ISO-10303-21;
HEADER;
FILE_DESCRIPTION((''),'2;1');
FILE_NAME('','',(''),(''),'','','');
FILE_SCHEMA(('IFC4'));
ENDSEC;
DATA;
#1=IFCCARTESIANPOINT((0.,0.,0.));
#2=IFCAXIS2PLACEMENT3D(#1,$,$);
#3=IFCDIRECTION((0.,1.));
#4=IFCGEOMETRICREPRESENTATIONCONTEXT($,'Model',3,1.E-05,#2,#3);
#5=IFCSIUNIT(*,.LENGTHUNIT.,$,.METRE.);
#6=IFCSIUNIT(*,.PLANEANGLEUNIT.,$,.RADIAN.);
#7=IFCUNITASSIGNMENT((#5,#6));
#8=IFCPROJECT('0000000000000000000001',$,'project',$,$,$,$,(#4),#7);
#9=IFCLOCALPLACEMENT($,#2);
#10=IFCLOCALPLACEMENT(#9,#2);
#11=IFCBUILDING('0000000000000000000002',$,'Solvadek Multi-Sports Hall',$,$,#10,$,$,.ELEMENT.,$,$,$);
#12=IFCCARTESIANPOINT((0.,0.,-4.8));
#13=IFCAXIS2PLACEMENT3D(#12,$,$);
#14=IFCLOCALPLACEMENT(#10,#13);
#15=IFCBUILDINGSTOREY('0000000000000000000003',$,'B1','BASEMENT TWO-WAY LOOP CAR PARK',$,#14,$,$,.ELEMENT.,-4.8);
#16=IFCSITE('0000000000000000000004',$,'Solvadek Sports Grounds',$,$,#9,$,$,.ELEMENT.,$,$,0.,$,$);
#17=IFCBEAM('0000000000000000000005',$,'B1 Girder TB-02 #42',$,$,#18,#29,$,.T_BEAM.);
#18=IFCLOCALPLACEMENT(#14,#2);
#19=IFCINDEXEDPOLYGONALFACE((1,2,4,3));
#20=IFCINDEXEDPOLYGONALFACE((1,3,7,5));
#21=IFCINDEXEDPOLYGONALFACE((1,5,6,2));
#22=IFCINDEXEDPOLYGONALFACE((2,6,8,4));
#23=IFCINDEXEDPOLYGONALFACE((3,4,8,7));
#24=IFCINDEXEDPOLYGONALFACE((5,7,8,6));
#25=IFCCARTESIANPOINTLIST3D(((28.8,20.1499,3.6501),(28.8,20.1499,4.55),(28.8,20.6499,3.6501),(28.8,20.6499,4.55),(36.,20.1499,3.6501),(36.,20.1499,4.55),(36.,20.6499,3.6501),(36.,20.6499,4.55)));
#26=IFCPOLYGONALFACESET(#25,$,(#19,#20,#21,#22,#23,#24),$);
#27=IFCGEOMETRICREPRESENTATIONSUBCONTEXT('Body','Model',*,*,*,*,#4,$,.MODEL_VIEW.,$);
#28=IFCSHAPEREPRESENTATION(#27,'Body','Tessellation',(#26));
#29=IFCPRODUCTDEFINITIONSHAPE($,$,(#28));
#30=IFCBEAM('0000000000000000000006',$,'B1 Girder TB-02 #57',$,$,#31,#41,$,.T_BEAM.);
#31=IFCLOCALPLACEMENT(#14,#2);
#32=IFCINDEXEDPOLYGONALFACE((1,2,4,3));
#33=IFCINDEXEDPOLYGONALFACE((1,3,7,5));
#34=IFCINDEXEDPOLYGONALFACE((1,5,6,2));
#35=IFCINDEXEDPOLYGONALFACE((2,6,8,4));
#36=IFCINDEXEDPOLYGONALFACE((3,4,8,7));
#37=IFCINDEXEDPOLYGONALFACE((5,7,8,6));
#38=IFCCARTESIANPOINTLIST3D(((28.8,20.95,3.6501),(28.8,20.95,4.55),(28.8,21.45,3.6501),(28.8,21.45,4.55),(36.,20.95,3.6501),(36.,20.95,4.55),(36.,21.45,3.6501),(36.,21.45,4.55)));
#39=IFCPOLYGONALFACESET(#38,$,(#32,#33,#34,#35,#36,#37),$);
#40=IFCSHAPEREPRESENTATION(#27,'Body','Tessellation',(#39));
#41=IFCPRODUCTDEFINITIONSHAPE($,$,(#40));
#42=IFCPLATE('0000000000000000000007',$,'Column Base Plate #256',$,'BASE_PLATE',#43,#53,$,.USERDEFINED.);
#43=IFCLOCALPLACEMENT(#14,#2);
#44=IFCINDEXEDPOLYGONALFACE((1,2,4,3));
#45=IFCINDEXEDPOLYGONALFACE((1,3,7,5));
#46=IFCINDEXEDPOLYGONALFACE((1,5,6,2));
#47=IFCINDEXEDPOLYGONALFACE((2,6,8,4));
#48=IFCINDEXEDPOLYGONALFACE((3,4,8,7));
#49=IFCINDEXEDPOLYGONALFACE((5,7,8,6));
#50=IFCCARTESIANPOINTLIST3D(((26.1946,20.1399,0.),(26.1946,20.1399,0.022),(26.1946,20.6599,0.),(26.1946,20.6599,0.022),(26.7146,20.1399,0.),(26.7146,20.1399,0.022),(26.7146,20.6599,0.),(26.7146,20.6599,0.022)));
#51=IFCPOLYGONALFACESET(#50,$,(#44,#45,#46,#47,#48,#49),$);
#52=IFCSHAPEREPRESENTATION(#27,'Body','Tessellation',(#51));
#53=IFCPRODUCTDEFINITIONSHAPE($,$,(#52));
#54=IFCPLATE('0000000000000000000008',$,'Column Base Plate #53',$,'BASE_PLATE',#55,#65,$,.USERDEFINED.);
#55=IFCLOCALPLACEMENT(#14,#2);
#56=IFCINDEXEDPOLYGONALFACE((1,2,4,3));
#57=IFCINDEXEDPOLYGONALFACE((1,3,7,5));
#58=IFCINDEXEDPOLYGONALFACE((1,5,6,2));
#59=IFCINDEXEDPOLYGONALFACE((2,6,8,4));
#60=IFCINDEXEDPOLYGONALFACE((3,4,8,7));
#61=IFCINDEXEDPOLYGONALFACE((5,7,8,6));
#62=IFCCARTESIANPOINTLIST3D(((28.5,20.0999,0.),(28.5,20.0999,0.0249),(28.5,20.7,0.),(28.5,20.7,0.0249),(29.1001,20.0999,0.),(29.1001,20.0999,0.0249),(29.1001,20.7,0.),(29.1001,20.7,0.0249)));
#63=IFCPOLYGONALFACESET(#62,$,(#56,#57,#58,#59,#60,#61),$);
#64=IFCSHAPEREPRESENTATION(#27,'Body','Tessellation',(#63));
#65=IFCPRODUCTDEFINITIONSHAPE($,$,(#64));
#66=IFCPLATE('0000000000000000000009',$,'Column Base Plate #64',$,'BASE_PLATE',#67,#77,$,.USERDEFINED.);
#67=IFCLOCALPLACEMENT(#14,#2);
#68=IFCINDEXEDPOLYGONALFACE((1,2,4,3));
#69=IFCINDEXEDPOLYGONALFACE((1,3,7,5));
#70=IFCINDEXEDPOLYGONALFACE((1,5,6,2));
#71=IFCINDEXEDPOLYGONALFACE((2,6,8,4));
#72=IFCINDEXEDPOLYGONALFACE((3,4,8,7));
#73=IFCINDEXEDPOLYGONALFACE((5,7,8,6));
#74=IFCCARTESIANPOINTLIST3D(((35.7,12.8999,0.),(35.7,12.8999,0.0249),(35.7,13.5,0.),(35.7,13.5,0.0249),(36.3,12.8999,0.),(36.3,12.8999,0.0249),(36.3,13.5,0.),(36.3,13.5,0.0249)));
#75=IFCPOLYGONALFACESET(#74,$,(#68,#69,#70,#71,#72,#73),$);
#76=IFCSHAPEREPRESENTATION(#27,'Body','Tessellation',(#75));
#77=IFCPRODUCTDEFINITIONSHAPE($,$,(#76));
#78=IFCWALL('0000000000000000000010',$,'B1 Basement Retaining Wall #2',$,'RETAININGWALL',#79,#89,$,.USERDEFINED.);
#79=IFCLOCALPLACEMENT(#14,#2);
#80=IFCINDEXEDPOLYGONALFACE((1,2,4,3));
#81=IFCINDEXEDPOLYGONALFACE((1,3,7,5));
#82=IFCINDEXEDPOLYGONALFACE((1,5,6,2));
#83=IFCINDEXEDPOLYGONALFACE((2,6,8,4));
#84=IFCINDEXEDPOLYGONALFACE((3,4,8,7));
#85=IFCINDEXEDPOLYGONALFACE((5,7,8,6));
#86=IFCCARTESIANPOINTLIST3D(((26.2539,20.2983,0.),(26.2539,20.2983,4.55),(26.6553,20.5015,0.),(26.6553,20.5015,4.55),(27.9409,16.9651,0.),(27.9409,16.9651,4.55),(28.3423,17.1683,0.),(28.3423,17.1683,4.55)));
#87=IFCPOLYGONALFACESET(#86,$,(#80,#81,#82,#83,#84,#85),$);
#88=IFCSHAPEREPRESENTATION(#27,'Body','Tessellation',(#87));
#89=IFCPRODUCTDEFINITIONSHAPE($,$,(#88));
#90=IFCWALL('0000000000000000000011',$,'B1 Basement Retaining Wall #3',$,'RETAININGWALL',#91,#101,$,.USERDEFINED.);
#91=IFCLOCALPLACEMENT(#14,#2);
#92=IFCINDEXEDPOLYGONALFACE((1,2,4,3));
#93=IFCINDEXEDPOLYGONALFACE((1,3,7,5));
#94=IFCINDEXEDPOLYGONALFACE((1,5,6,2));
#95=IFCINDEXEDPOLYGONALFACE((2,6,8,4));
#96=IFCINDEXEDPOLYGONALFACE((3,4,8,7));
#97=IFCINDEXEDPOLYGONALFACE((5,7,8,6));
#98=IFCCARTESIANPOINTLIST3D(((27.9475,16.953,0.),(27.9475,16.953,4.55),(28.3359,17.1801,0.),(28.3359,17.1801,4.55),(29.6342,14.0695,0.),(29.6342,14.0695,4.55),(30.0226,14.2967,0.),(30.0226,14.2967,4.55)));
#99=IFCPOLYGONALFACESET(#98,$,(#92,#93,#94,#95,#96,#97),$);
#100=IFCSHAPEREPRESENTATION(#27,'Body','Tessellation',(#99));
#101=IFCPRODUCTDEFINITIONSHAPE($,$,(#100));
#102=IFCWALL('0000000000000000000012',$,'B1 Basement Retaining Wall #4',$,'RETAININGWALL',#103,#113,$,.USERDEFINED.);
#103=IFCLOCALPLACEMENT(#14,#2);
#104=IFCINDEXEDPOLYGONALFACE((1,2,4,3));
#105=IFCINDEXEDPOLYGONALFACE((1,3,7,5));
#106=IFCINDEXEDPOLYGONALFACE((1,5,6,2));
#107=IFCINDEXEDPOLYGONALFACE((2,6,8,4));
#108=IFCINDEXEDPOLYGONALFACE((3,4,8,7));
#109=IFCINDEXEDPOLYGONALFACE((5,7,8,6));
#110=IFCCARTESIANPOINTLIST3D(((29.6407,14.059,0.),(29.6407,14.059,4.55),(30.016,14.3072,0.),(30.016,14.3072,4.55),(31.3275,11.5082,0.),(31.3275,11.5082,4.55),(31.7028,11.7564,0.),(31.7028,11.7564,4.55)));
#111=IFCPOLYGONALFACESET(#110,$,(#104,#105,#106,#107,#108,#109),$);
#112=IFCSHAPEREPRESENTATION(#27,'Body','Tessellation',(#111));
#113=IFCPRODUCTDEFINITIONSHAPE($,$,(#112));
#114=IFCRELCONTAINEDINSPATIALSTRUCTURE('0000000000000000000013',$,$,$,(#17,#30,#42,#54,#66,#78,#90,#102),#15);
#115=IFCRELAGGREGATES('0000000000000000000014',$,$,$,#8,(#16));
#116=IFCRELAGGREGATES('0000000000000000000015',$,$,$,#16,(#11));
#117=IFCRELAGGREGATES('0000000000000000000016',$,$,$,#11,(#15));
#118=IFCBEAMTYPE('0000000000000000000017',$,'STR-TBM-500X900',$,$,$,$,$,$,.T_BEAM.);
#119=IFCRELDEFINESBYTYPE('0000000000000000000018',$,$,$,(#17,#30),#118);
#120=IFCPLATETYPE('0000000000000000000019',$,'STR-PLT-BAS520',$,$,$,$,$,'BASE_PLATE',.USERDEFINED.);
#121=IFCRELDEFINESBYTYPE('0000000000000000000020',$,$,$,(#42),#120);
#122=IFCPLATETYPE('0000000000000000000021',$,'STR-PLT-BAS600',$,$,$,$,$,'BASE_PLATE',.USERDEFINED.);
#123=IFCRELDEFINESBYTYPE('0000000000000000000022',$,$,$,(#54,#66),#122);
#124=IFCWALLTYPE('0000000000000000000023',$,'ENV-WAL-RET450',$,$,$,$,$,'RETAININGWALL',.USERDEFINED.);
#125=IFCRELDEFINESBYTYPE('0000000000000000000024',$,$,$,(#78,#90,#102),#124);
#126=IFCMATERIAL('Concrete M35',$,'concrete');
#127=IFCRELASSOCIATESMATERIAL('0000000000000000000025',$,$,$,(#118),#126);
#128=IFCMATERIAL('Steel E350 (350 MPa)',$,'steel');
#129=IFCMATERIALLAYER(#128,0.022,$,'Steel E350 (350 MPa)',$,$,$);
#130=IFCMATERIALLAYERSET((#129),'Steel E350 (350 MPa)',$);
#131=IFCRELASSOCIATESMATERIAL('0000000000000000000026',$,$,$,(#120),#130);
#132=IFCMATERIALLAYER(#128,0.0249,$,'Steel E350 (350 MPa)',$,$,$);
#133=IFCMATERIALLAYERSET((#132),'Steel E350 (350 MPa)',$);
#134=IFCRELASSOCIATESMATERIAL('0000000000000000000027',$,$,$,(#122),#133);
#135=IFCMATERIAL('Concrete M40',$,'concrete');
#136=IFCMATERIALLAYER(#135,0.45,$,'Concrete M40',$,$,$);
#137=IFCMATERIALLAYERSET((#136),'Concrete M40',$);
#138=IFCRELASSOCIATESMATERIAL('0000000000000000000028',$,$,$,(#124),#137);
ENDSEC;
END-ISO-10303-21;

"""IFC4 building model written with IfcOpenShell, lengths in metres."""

from ifc_helpers import new_model, si_unit, direction, frame, frame_2d, origin, origin_2d, place, context, subcontext, project, spatial, rectangle, extrude, material, layer, layer_set, material_profile, profile_set, type_object, element, save


model = new_model("IFC4")

# Units and contexts
model_context = context("Model", 3, precision=1e-05, world=origin(), true_north=direction((0.0, 1.0)))
body_context = subcontext(model_context, "Body", "Model", "MODEL_VIEW")
ifc_project = project(units=[si_unit("LENGTHUNIT", "METRE"), si_unit("PLANEANGLEUNIT", "RADIAN")], contexts=[model_context])

# Site, building, storey
site_placement = place(None, origin())
site = spatial("IfcSite", under=ifc_project, at=site_placement, Name="Solvadek Sports Grounds", CompositionType="ELEMENT", RefElevation=0.0)
building_placement = place(site_placement, origin())
building = spatial("IfcBuilding", under=site, at=building_placement, Name="Solvadek Multi-Sports Hall", CompositionType="ELEMENT")
storey_placement = place(building_placement, frame((0.0, 0.0, -4.8)))
storey = spatial("IfcBuildingStorey", under=building, at=storey_placement, Name="B1", Description="BASEMENT TWO-WAY LOOP CAR PARK", CompositionType="ELEMENT", Elevation=-4.8)

# Shared definitions
ifc_material_1 = material(Name="Concrete M40", Category="concrete")

# Shared definitions
ifc_material_2 = material(Name="Concrete M35", Category="concrete")

# Shared definitions
ifc_material_3 = material(Name="Steel E350 (350 MPa)", Category="steel")

# Beams
ifc_material_profile_1 = material_profile(ifc_material_2, rectangle(XDim=0.5, YDim=0.8999, at=origin_2d()), Name="RC T-BEAM 500x900")
ifc_profile_set_1 = profile_set([ifc_material_profile_1], Name="Concrete M35")
beam_type_1 = type_object("IfcBeamType", Name="STR-TBM-500X900", PredefinedType="T_BEAM", material=ifc_profile_set_1)
for number, where, z_axis, x_axis, name in (
    (1, (28.8, 20.3999, 4.1001), (1.0, 0.0, 0.0), (0.0, 1.0, 0.0), "B1 Girder TB-02 #42"),
    (2, (28.8, 21.2, 4.1001), (1.0, 0.0, 0.0), (0.0, 1.0, 0.0), "B1 Girder TB-02 #57"),
):
    element("IfcBeam", number, at=place(storey_placement, frame(where, z_axis=z_axis, x_axis=x_axis)), inside=storey, type_object=beam_type_1, Name=name, PredefinedType="T_BEAM", context=body_context, shape_type="SweptSolid", body=[
        extrude(rectangle(XDim=0.5, YDim=0.8999, at=origin_2d()), origin(), (0.0, 0.0, 1.0), 7.2),
    ])

# Plates
ifc_layer_1 = layer(ifc_material_3, 0.022, Name="Steel E350 (350 MPa)")
ifc_layer_set_1 = layer_set([ifc_layer_1], Name="Steel E350 (350 MPa)")
plate_type_1 = type_object("IfcPlateType", Name="STR-PLT-BAS520", ElementType="BASE_PLATE", PredefinedType="USERDEFINED", material=ifc_layer_set_1)
plate_placement = place(storey_placement, frame((26.4546, 20.3999, 0.0), z_axis=(0.0, 0.0, 1.0), x_axis=(1.0, 0.0, 0.0)))
element("IfcPlate", 3, at=plate_placement, inside=storey, type_object=plate_type_1, Name="Column Base Plate #256", ObjectType="BASE_PLATE", PredefinedType="USERDEFINED", context=body_context, shape_type="SweptSolid", body=[
    extrude(rectangle(XDim=0.52, YDim=0.52, at=origin_2d()), origin(), (0.0, 0.0, 1.0), 0.022),
])
ifc_layer_2 = layer(ifc_material_3, 0.0249, Name="Steel E350 (350 MPa)")
ifc_layer_set_2 = layer_set([ifc_layer_2], Name="Steel E350 (350 MPa)")
plate_type_2 = type_object("IfcPlateType", Name="STR-PLT-BAS600", ElementType="BASE_PLATE", PredefinedType="USERDEFINED", material=ifc_layer_set_2)
for number, where, z_axis, x_axis, name in (
    (4, (28.8, 20.3999, 0.0), (0.0, 0.0, 1.0), (1.0, 0.0, 0.0), "Column Base Plate #53"),
    (5, (36.0, 13.2, 0.0), (0.0, 0.0, 1.0), (1.0, 0.0, 0.0), "Column Base Plate #64"),
):
    element("IfcPlate", number, at=place(storey_placement, frame(where, z_axis=z_axis, x_axis=x_axis)), inside=storey, type_object=plate_type_2, Name=name, ObjectType="BASE_PLATE", PredefinedType="USERDEFINED", context=body_context, shape_type="SweptSolid", body=[
        extrude(rectangle(XDim=0.6001, YDim=0.6001, at=origin_2d()), origin(), (0.0, 0.0, 1.0), 0.0249),
    ])

# Walls
ifc_layer_3 = layer(ifc_material_1, 0.45, Name="Concrete M40")
ifc_layer_set_3 = layer_set([ifc_layer_3], Name="Concrete M40")
wall_type = type_object("IfcWallType", Name="ENV-WAL-RET450", ElementType="RETAININGWALL", PredefinedType="USERDEFINED", material=ifc_layer_set_3)
wall_1_placement = place(storey_placement, frame((26.4546, 20.3999, 0.0), z_axis=(0.0, 0.0, 1.0), x_axis=(0.451574, -0.892234, 0.0)))
element("IfcWall", 6, at=wall_1_placement, inside=storey, type_object=wall_type, Name="B1 Basement Retaining Wall #2", ObjectType="RETAININGWALL", PredefinedType="USERDEFINED", context=body_context, shape_type="SweptSolid", body=[
    extrude(rectangle(XDim=3.7358, YDim=0.45, at=frame_2d((1.8679, 0.0))), origin(), (0.0, 0.0, 1.0), 4.55),
])
wall_2_placement = place(storey_placement, frame((28.1416, 17.0667, 0.0), z_axis=(0.0, 0.0, 1.0), x_axis=(0.50492, -0.863166, 0.0)))
element("IfcWall", 7, at=wall_2_placement, inside=storey, type_object=wall_type, Name="B1 Basement Retaining Wall #3", ObjectType="RETAININGWALL", PredefinedType="USERDEFINED", context=body_context, shape_type="SweptSolid", body=[
    extrude(rectangle(XDim=3.3406, YDim=0.45, at=frame_2d((1.6704, 0.0))), origin(), (0.0, 0.0, 1.0), 4.55),
])
wall_3_placement = place(storey_placement, frame((29.8284, 14.1831, 0.0), z_axis=(0.0, 0.0, 1.0), x_axis=(0.551583, -0.83412, 0.0)))
element("IfcWall", 8, at=wall_3_placement, inside=storey, type_object=wall_type, Name="B1 Basement Retaining Wall #4", ObjectType="RETAININGWALL", PredefinedType="USERDEFINED", context=body_context, shape_type="SweptSolid", body=[
    extrude(rectangle(XDim=3.0581, YDim=0.45, at=frame_2d((1.5291, 0.0))), origin(), (0.0, 0.0, 1.0), 4.55),
])

save(model, "model.ifc")
